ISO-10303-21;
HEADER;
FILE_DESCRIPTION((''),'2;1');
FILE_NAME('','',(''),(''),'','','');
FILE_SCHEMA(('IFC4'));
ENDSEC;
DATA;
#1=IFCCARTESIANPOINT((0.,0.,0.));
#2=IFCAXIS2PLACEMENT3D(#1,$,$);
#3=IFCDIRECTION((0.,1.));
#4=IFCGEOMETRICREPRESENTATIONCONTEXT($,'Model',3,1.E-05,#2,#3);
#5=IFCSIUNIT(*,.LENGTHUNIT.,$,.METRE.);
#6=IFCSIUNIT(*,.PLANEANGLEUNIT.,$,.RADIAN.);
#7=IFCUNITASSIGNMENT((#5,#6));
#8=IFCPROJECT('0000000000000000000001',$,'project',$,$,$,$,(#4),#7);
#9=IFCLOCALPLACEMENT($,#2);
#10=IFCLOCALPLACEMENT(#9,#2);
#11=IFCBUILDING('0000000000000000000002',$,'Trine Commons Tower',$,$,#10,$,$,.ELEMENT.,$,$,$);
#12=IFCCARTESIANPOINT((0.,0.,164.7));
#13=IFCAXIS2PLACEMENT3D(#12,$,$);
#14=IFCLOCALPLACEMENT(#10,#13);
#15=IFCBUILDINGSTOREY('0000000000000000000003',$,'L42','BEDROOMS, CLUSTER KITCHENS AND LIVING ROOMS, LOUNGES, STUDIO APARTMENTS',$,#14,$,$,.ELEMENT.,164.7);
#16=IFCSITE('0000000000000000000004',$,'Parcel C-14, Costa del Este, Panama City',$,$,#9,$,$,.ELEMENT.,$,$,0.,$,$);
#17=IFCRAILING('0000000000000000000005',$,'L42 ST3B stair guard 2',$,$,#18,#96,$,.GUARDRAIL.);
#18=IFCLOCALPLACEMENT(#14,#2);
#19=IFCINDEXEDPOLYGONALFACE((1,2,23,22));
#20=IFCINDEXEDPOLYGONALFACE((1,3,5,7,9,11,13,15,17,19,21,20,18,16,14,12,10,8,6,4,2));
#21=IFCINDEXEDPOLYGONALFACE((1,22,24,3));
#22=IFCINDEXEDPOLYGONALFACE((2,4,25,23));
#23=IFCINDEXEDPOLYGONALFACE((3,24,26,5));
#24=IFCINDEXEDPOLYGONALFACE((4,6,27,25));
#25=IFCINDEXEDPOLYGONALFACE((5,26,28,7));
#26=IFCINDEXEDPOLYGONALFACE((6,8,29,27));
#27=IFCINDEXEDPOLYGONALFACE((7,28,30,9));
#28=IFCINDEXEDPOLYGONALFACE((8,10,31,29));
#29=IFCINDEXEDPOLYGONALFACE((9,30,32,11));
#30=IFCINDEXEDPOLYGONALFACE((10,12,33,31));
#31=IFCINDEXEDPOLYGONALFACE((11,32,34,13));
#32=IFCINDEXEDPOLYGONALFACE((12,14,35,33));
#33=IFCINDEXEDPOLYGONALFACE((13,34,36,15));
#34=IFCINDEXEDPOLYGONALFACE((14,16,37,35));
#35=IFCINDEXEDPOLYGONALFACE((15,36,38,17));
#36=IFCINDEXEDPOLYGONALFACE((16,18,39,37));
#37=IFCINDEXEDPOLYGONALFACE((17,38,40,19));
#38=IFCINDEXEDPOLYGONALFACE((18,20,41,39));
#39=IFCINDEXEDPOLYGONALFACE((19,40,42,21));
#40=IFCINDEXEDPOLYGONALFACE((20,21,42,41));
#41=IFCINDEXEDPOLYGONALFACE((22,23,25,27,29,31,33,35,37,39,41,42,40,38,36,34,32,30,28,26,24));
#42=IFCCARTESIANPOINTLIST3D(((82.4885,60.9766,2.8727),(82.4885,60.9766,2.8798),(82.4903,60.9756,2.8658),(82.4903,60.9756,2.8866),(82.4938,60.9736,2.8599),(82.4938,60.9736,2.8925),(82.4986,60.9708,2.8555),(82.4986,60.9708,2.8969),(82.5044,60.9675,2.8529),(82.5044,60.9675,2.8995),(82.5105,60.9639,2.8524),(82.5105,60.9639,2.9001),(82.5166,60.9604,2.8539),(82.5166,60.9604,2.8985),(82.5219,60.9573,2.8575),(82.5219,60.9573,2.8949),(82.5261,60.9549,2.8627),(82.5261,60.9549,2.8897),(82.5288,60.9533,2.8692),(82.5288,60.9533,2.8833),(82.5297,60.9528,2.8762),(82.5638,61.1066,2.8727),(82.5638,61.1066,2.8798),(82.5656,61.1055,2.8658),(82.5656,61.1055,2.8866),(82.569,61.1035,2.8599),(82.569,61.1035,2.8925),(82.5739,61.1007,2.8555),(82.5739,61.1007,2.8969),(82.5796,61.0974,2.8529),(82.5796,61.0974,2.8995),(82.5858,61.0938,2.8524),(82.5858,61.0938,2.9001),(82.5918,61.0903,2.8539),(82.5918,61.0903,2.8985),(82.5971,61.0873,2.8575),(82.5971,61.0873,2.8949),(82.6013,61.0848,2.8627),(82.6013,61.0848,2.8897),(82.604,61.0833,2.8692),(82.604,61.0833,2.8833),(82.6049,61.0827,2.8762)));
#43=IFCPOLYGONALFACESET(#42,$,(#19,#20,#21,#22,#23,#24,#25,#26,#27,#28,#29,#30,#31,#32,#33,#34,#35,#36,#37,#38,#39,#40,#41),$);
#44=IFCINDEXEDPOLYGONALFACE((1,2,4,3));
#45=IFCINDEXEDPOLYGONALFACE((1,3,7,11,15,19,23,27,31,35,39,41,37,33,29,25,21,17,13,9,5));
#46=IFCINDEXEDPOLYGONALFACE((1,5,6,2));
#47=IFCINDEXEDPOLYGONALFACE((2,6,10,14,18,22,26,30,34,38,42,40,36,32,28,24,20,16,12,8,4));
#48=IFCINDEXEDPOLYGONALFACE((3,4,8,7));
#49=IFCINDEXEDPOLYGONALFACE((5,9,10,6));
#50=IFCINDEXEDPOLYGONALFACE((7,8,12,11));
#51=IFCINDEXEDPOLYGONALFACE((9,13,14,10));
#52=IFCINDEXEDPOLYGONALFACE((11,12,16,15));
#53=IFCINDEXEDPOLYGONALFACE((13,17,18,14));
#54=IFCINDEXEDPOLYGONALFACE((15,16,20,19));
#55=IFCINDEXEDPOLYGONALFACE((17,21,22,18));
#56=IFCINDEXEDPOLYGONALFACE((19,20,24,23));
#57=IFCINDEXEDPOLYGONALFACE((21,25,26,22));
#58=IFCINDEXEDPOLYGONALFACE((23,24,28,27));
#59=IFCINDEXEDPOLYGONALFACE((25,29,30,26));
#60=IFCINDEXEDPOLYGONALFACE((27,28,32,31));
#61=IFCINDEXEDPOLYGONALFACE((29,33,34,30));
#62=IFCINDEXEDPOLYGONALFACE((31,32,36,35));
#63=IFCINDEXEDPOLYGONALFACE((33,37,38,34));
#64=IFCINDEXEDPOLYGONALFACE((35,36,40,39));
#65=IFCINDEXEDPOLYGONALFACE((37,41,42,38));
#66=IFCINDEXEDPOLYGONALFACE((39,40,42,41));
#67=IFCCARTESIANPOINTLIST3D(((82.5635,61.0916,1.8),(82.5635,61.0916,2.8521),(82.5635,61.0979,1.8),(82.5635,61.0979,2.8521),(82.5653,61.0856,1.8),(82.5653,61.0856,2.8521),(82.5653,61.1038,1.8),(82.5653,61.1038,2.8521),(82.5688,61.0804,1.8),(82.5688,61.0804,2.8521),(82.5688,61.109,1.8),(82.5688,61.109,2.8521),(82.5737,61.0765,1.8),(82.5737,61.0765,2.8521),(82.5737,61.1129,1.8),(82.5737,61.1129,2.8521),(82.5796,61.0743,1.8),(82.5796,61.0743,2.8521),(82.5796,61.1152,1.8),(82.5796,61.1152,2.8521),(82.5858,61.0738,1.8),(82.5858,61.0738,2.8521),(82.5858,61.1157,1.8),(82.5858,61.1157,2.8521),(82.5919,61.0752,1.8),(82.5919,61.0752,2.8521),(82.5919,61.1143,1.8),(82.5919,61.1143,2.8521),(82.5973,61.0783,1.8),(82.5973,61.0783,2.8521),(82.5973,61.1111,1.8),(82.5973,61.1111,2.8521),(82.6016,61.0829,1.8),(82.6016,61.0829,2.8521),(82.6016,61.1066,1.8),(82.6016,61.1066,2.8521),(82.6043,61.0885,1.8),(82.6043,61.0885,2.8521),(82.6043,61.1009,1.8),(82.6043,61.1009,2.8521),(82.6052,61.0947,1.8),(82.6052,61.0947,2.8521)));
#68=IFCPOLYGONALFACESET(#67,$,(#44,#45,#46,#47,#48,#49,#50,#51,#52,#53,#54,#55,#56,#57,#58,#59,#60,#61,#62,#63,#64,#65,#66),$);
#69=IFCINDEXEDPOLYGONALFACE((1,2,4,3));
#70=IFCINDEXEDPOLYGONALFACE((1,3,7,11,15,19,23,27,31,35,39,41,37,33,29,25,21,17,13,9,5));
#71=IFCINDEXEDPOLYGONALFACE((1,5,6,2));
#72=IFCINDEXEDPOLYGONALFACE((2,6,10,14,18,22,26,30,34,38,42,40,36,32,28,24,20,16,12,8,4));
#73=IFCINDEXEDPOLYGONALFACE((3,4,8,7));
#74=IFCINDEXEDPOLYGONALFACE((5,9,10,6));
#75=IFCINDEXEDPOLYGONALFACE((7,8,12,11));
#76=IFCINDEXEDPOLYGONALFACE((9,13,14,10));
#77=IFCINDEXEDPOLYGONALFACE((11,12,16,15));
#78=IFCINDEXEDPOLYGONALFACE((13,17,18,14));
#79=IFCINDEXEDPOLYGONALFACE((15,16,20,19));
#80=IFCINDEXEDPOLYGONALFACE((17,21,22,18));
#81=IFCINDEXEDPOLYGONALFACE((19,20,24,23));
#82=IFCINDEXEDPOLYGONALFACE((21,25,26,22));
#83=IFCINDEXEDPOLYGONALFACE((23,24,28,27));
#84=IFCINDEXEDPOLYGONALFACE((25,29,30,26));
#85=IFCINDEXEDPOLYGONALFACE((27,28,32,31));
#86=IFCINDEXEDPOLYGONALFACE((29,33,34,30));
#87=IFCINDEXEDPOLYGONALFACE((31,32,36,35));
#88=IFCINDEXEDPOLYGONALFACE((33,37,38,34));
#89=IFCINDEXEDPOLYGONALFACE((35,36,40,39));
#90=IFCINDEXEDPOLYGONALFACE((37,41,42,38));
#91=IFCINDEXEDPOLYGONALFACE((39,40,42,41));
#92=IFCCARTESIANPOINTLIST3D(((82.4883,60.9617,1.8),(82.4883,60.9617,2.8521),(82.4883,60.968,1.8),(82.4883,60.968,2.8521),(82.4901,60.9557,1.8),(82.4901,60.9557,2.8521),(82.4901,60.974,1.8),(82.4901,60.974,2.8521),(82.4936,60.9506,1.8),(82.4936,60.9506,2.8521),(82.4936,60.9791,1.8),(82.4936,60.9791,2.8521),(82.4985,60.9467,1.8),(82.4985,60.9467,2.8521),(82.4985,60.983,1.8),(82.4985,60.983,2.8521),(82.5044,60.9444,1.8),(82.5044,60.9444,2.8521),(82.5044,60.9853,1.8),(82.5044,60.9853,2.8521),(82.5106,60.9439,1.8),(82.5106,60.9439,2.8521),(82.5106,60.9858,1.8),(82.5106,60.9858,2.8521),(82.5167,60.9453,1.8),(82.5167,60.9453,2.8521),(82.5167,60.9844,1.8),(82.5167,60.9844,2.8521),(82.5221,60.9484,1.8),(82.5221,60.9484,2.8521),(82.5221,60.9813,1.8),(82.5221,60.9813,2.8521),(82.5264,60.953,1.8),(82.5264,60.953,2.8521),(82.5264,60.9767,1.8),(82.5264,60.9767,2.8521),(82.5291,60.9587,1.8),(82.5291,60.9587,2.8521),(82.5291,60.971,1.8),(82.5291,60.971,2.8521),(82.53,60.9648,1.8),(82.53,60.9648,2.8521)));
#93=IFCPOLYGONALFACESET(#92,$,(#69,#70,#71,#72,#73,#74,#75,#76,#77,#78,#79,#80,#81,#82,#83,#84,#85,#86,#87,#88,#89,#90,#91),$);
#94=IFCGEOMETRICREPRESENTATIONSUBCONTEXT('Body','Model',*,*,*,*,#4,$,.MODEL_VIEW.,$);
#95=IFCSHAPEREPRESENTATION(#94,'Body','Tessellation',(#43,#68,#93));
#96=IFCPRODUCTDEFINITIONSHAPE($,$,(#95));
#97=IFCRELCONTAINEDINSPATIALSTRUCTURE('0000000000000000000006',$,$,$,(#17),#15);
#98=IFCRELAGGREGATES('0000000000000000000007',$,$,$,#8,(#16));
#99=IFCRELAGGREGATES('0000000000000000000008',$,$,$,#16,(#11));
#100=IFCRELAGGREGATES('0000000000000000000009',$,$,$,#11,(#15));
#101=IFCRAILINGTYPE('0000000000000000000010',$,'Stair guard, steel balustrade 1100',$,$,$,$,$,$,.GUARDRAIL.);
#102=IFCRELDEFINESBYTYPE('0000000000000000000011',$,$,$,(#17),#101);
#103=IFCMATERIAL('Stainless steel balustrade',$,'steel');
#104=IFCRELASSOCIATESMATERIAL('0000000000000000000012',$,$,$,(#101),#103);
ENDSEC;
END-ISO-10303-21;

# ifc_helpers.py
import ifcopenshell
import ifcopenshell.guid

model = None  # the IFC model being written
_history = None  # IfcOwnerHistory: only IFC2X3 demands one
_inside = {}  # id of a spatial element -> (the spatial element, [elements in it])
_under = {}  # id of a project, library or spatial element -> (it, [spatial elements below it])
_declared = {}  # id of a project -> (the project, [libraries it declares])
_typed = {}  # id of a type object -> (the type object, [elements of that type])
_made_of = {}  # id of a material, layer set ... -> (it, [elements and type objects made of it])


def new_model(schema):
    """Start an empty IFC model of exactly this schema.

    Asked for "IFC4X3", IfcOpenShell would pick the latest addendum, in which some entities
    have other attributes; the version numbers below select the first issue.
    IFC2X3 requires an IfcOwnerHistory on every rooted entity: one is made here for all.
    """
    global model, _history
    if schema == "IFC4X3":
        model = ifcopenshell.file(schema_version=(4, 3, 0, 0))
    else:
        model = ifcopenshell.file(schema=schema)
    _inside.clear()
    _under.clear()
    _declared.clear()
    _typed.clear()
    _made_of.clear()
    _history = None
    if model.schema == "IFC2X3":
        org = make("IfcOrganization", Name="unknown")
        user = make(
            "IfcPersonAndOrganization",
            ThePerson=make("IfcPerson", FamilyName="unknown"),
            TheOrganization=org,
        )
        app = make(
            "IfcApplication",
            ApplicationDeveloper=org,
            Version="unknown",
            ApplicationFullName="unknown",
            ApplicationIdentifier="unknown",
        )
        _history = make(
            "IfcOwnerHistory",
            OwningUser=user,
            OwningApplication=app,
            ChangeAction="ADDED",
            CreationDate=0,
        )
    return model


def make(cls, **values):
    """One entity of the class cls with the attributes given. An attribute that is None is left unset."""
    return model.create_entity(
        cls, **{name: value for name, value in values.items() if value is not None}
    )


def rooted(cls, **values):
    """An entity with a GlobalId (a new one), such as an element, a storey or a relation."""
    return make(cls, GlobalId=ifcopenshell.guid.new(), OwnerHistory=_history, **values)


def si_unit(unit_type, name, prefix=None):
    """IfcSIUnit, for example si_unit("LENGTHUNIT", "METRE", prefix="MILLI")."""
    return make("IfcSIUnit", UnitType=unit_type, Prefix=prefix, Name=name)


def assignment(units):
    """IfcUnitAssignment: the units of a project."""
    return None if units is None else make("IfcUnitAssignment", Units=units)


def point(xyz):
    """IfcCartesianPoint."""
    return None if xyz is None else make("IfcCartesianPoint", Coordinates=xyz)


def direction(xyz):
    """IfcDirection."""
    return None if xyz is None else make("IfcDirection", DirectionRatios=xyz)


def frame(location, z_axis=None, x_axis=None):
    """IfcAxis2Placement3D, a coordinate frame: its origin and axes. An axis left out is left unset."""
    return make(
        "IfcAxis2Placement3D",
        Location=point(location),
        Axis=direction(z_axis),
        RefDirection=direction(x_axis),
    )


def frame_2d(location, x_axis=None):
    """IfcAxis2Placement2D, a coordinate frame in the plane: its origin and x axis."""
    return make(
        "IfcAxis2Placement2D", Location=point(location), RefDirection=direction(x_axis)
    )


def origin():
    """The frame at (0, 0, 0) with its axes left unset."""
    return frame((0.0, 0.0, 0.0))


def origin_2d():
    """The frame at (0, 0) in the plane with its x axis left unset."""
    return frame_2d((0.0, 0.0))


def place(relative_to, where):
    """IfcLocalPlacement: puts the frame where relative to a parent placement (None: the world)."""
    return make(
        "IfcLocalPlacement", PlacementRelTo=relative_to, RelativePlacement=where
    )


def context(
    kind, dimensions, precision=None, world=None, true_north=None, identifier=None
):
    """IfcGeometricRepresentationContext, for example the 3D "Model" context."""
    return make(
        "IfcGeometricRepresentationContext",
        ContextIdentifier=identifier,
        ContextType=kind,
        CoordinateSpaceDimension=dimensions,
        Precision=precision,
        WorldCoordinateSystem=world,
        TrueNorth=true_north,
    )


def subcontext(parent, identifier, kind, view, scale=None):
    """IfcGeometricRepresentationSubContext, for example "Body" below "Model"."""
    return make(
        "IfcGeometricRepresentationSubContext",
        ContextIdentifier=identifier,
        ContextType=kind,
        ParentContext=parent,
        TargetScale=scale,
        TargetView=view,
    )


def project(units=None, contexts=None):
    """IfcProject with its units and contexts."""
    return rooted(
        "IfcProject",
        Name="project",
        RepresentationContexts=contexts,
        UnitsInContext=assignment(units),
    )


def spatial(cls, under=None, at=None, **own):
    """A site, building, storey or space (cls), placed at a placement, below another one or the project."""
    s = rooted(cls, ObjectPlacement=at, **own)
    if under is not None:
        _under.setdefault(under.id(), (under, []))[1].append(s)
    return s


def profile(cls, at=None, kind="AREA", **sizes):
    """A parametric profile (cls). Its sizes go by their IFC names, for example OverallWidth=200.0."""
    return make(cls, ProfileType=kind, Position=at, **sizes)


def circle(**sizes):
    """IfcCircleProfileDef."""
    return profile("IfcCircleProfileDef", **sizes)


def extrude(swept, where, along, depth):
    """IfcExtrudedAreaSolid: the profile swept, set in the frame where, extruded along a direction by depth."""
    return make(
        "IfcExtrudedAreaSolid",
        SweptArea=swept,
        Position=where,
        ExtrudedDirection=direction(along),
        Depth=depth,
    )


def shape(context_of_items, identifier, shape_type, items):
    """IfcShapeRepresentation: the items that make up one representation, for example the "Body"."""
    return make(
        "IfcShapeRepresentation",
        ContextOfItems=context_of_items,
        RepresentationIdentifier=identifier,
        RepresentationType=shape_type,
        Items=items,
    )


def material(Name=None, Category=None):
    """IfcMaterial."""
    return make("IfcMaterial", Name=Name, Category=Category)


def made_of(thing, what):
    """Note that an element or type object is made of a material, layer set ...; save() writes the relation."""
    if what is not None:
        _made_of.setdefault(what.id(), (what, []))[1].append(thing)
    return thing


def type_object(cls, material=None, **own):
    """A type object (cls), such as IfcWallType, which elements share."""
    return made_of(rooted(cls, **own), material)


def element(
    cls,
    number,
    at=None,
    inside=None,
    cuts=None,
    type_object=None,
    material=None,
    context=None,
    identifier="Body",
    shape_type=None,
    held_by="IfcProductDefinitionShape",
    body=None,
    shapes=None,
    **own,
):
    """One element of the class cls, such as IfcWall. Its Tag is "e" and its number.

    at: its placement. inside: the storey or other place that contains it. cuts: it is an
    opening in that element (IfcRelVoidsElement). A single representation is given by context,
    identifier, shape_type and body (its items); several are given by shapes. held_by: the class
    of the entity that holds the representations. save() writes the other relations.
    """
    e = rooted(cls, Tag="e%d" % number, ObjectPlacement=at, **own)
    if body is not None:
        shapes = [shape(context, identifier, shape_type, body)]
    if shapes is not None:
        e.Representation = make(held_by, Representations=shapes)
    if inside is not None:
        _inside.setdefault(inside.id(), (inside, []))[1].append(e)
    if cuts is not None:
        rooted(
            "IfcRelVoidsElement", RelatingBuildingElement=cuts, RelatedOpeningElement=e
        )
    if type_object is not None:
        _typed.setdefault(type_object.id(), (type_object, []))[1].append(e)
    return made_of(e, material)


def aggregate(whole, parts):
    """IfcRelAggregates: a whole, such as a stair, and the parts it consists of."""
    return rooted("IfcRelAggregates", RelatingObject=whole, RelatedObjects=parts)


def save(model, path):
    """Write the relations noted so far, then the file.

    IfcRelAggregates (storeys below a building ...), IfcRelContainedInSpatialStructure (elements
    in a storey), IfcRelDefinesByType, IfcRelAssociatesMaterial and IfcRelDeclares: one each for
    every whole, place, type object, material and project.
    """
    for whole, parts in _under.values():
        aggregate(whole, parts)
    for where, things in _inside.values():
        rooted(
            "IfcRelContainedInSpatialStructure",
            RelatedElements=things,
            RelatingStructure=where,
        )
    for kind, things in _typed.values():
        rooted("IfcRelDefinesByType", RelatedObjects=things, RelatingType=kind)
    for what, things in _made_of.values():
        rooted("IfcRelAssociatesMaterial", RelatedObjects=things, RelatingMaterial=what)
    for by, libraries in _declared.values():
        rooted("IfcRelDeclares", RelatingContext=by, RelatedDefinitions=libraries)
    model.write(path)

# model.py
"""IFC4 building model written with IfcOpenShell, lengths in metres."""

from ifc_helpers import new_model, si_unit, direction, frame, origin, origin_2d, place, context, subcontext, project, spatial, circle, extrude, material, type_object, element, save


model = new_model("IFC4")

# Units and contexts
model_context = context("Model", 3, precision=1e-05, world=origin(), true_north=direction((0.0, 1.0)))
body_context = subcontext(model_context, "Body", "Model", "MODEL_VIEW")
ifc_project = project(units=[si_unit("LENGTHUNIT", "METRE"), si_unit("PLANEANGLEUNIT", "RADIAN")], contexts=[model_context])

# Site, building, storey
site_placement = place(None, origin())
site = spatial("IfcSite", under=ifc_project, at=site_placement, Name="Parcel C-14, Costa del Este, Panama City", CompositionType="ELEMENT", RefElevation=0.0)
building_placement = place(site_placement, origin())
building = spatial("IfcBuilding", under=site, at=building_placement, Name="Trine Commons Tower", CompositionType="ELEMENT")
storey_placement = place(building_placement, frame((0.0, 0.0, 164.7)))
storey = spatial("IfcBuildingStorey", under=building, at=storey_placement, Name="L42", Description="BEDROOMS, CLUSTER KITCHENS AND LIVING ROOMS, LOUNGES, STUDIO APARTMENTS", CompositionType="ELEMENT", Elevation=164.7)

# Railing
ifc_material_1 = material(Name="Stainless steel balustrade", Category="steel")
railing_type_1 = type_object("IfcRailingType", Name="Stair guard, steel balustrade 1100", PredefinedType="GUARDRAIL", material=ifc_material_1)
railing_1_placement = place(storey_placement, frame((82.5842, 61.0947, 1.8)))
element("IfcRailing", 1, at=railing_1_placement, inside=storey, type_object=railing_type_1, Name="L42 ST3B stair guard 2", PredefinedType="GUARDRAIL", context=body_context, shape_type="SweptSolid", body=[
    extrude(circle(Radius=0.0239, at=origin_2d()), frame((0.0, 0.0, 1.0762), z_axis=(-0.501036, -0.865426, 0.0), x_axis=(0.865426, -0.501036, 0.0)), (0.0, 0.0, 1.0), 0.1501),
    extrude(circle(Radius=0.021, at=origin_2d()), origin(), (0.0, 0.0, 1.0), 1.052),
    extrude(circle(Radius=0.021, at=origin_2d()), frame((-0.0752, -0.1299, 0.0)), (0.0, 0.0, 1.0), 1.052),
])

save(model, "model.ifc")
